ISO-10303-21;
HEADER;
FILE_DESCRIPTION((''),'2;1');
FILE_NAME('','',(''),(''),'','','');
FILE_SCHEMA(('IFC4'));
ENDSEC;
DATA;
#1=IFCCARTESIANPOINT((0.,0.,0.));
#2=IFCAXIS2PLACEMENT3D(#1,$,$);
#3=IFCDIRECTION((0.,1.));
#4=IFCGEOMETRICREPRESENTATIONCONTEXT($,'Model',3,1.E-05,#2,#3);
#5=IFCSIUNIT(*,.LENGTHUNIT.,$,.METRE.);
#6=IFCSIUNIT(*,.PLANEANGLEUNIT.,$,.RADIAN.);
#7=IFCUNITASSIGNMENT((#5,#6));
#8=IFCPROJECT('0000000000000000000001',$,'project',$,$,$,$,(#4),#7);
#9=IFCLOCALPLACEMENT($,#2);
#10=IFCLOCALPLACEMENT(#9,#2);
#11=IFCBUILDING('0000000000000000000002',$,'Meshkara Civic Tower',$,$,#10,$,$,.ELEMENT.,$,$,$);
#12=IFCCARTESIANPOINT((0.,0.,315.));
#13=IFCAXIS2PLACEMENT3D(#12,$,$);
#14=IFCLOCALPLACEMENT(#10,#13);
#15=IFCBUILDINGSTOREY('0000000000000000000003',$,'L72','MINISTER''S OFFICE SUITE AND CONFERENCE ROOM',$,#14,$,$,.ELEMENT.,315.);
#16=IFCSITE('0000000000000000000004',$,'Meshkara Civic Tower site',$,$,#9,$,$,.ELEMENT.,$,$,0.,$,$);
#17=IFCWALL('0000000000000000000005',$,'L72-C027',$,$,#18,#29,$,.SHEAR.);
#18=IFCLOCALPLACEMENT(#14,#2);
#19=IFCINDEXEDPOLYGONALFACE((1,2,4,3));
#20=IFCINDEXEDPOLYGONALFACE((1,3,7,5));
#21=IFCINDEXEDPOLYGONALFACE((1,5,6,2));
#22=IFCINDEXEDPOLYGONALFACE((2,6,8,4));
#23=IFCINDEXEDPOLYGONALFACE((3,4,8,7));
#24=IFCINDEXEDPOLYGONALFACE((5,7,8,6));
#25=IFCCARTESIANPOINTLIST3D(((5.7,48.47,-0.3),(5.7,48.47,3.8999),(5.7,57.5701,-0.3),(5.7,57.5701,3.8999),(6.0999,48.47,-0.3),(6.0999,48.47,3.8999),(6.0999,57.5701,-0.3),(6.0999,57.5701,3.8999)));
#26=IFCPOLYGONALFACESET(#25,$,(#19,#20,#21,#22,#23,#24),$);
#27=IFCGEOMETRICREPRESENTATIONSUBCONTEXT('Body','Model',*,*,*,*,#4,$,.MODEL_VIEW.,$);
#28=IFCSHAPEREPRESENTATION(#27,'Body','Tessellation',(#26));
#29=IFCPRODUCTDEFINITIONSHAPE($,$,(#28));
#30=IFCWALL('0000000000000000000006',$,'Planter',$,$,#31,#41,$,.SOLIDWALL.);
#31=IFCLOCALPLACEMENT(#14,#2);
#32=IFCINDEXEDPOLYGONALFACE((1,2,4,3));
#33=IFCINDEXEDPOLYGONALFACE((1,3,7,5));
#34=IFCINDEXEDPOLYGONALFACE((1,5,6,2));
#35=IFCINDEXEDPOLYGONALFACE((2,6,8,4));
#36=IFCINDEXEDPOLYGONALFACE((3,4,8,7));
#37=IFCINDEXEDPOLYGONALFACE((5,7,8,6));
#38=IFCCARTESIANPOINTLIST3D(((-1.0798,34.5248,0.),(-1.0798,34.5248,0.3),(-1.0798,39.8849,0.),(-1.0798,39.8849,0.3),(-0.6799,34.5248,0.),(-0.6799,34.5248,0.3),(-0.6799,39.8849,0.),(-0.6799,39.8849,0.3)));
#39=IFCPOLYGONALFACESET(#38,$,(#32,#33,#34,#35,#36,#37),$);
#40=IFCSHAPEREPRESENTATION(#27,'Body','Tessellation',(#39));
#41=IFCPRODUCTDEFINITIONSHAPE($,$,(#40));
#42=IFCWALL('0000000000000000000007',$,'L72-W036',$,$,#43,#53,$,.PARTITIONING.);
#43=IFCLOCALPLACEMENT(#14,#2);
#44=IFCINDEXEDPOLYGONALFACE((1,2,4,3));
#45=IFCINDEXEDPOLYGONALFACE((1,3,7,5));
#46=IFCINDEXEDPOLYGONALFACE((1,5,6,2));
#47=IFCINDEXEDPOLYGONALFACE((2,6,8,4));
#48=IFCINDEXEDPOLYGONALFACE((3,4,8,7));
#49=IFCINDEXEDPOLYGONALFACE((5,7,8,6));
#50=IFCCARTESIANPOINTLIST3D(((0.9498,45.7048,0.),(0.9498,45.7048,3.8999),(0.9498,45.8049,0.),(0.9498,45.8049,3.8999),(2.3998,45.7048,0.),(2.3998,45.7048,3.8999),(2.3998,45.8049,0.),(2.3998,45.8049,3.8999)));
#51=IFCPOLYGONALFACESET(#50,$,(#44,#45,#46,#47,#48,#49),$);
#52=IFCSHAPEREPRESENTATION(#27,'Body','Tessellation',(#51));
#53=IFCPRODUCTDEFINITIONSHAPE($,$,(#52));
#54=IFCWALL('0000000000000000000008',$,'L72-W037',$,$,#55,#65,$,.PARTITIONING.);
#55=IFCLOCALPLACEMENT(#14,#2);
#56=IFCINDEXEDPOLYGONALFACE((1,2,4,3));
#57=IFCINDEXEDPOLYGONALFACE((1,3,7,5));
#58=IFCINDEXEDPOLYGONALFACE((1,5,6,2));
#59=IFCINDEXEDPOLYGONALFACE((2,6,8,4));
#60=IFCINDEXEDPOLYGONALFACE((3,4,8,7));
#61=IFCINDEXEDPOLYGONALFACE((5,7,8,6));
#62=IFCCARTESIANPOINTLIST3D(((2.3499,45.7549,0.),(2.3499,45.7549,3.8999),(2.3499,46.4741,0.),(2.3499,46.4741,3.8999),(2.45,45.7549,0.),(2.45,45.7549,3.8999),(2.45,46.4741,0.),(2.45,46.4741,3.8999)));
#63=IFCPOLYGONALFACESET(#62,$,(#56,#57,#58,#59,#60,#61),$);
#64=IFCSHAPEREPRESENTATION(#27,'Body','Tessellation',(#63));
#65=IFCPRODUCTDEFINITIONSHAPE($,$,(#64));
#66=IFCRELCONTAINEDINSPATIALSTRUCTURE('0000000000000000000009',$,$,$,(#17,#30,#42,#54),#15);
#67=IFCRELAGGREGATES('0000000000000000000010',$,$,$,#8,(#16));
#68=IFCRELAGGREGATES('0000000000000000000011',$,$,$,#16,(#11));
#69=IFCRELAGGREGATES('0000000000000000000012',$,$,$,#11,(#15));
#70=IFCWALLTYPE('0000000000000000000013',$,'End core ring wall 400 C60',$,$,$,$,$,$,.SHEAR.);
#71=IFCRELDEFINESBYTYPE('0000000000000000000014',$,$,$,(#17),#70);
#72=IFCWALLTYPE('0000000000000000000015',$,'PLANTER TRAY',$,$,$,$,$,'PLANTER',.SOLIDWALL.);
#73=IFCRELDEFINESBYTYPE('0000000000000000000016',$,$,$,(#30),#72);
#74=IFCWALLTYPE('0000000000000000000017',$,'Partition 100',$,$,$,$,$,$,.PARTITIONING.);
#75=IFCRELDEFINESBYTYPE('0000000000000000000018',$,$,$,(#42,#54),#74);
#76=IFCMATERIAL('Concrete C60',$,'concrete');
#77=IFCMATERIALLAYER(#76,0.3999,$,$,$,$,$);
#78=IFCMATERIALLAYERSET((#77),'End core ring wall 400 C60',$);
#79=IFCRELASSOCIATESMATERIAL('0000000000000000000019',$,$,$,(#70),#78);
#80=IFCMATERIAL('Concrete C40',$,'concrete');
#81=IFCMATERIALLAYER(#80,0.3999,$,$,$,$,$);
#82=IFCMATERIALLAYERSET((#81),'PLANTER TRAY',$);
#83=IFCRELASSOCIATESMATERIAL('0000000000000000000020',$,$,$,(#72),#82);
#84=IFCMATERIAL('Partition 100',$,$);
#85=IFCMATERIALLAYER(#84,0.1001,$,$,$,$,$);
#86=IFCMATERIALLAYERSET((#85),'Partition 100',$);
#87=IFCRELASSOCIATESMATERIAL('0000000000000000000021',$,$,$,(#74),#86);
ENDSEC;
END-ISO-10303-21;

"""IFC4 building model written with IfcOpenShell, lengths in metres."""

from ifc_helpers import new_model, si_unit, direction, frame, frame_2d, origin, place, context, subcontext, project, spatial, rectangle, extrude, material, layer, layer_set, type_object, element, save


model = new_model("IFC4")

# Units and contexts
model_context = context("Model", 3, precision=1e-05, world=origin(), true_north=direction((0.0, 1.0)))
body_context = subcontext(model_context, "Body", "Model", "MODEL_VIEW")
ifc_project = project(units=[si_unit("LENGTHUNIT", "METRE"), si_unit("PLANEANGLEUNIT", "RADIAN")], contexts=[model_context])

# Site, building, storey
site_placement = place(None, origin())
site = spatial("IfcSite", under=ifc_project, at=site_placement, Name="Meshkara Civic Tower site", CompositionType="ELEMENT", RefElevation=0.0)
building_placement = place(site_placement, origin())
building = spatial("IfcBuilding", under=site, at=building_placement, Name="Meshkara Civic Tower", CompositionType="ELEMENT")
storey_placement = place(building_placement, frame((0.0, 0.0, 315.0)))
storey = spatial("IfcBuildingStorey", under=building, at=storey_placement, Name="L72", Description="MINISTER'S OFFICE SUITE AND CONFERENCE ROOM", CompositionType="ELEMENT", Elevation=315.0)

# Wall
ifc_material_1 = material(Name="Concrete C60", Category="concrete")
ifc_layer_1 = layer(ifc_material_1, 0.3999)
ifc_layer_set_1 = layer_set([ifc_layer_1], Name="End core ring wall 400 C60")
wall_type_1 = type_object("IfcWallType", Name="End core ring wall 400 C60", PredefinedType="SHEAR", material=ifc_layer_set_1)
wall_1_placement = place(storey_placement, frame((5.8999, 48.47, -0.3), z_axis=(0.0, 0.0, 1.0), x_axis=(0.0, 1.0, 0.0)))
element("IfcWall", 1, at=wall_1_placement, inside=storey, type_object=wall_type_1, Name="L72-C027", PredefinedType="SHEAR", context=body_context, shape_type="SweptSolid", body=[
    extrude(rectangle(XDim=9.1001, YDim=0.3999, at=frame_2d((4.55, 0.0))), origin(), (0.0, 0.0, 1.0), 4.2),
])

# Walls
ifc_material_2 = material(Name="Concrete C40", Category="concrete")
ifc_layer_2 = layer(ifc_material_2, 0.3999)
ifc_layer_set_2 = layer_set([ifc_layer_2], Name="PLANTER TRAY")
wall_type_2 = type_object("IfcWallType", Name="PLANTER TRAY", ElementType="PLANTER", PredefinedType="SOLIDWALL", material=ifc_layer_set_2)
wall_2_placement = place(storey_placement, frame((-0.8799, 39.885, 0.0), z_axis=(0.0, 0.0, 1.0), x_axis=(0.0, -1.0, 0.0)))
element("IfcWall", 2, at=wall_2_placement, inside=storey, type_object=wall_type_2, Name="Planter", PredefinedType="SOLIDWALL", context=body_context, shape_type="SweptSolid", body=[
    extrude(rectangle(XDim=5.3601, YDim=0.3999, at=frame_2d((2.6802, 0.0))), origin(), (0.0, 0.0, 1.0), 0.3),
])
ifc_material_3 = material(Name="Partition 100")
ifc_layer_3 = layer(ifc_material_3, 0.1001)
ifc_layer_set_3 = layer_set([ifc_layer_3], Name="Partition 100")
wall_type_3 = type_object("IfcWallType", Name="Partition 100", PredefinedType="PARTITIONING", material=ifc_layer_set_3)
wall_3_placement = place(storey_placement, frame((2.3999, 45.7549, 0.0), z_axis=(0.0, 0.0, 1.0), x_axis=(-1.0, 0.0, 0.0)))
element("IfcWall", 3, at=wall_3_placement, inside=storey, type_object=wall_type_3, Name="L72-W036", PredefinedType="PARTITIONING", context=body_context, shape_type="SweptSolid", body=[
    extrude(rectangle(XDim=1.45, YDim=0.1001, at=frame_2d((0.7251, 0.0))), origin(), (0.0, 0.0, 1.0), 3.8999),
])
wall_4_placement = place(storey_placement, frame((2.3999, 46.4741, 0.0), z_axis=(0.0, 0.0, 1.0), x_axis=(0.0, -1.0, 0.0)))
element("IfcWall", 4, at=wall_4_placement, inside=storey, type_object=wall_type_3, Name="L72-W037", PredefinedType="PARTITIONING", context=body_context, shape_type="SweptSolid", body=[
    extrude(rectangle(XDim=0.7192, YDim=0.1001, at=frame_2d((0.3596, 0.0))), origin(), (0.0, 0.0, 1.0), 3.8999),
])

save(model, "model.ifc")
